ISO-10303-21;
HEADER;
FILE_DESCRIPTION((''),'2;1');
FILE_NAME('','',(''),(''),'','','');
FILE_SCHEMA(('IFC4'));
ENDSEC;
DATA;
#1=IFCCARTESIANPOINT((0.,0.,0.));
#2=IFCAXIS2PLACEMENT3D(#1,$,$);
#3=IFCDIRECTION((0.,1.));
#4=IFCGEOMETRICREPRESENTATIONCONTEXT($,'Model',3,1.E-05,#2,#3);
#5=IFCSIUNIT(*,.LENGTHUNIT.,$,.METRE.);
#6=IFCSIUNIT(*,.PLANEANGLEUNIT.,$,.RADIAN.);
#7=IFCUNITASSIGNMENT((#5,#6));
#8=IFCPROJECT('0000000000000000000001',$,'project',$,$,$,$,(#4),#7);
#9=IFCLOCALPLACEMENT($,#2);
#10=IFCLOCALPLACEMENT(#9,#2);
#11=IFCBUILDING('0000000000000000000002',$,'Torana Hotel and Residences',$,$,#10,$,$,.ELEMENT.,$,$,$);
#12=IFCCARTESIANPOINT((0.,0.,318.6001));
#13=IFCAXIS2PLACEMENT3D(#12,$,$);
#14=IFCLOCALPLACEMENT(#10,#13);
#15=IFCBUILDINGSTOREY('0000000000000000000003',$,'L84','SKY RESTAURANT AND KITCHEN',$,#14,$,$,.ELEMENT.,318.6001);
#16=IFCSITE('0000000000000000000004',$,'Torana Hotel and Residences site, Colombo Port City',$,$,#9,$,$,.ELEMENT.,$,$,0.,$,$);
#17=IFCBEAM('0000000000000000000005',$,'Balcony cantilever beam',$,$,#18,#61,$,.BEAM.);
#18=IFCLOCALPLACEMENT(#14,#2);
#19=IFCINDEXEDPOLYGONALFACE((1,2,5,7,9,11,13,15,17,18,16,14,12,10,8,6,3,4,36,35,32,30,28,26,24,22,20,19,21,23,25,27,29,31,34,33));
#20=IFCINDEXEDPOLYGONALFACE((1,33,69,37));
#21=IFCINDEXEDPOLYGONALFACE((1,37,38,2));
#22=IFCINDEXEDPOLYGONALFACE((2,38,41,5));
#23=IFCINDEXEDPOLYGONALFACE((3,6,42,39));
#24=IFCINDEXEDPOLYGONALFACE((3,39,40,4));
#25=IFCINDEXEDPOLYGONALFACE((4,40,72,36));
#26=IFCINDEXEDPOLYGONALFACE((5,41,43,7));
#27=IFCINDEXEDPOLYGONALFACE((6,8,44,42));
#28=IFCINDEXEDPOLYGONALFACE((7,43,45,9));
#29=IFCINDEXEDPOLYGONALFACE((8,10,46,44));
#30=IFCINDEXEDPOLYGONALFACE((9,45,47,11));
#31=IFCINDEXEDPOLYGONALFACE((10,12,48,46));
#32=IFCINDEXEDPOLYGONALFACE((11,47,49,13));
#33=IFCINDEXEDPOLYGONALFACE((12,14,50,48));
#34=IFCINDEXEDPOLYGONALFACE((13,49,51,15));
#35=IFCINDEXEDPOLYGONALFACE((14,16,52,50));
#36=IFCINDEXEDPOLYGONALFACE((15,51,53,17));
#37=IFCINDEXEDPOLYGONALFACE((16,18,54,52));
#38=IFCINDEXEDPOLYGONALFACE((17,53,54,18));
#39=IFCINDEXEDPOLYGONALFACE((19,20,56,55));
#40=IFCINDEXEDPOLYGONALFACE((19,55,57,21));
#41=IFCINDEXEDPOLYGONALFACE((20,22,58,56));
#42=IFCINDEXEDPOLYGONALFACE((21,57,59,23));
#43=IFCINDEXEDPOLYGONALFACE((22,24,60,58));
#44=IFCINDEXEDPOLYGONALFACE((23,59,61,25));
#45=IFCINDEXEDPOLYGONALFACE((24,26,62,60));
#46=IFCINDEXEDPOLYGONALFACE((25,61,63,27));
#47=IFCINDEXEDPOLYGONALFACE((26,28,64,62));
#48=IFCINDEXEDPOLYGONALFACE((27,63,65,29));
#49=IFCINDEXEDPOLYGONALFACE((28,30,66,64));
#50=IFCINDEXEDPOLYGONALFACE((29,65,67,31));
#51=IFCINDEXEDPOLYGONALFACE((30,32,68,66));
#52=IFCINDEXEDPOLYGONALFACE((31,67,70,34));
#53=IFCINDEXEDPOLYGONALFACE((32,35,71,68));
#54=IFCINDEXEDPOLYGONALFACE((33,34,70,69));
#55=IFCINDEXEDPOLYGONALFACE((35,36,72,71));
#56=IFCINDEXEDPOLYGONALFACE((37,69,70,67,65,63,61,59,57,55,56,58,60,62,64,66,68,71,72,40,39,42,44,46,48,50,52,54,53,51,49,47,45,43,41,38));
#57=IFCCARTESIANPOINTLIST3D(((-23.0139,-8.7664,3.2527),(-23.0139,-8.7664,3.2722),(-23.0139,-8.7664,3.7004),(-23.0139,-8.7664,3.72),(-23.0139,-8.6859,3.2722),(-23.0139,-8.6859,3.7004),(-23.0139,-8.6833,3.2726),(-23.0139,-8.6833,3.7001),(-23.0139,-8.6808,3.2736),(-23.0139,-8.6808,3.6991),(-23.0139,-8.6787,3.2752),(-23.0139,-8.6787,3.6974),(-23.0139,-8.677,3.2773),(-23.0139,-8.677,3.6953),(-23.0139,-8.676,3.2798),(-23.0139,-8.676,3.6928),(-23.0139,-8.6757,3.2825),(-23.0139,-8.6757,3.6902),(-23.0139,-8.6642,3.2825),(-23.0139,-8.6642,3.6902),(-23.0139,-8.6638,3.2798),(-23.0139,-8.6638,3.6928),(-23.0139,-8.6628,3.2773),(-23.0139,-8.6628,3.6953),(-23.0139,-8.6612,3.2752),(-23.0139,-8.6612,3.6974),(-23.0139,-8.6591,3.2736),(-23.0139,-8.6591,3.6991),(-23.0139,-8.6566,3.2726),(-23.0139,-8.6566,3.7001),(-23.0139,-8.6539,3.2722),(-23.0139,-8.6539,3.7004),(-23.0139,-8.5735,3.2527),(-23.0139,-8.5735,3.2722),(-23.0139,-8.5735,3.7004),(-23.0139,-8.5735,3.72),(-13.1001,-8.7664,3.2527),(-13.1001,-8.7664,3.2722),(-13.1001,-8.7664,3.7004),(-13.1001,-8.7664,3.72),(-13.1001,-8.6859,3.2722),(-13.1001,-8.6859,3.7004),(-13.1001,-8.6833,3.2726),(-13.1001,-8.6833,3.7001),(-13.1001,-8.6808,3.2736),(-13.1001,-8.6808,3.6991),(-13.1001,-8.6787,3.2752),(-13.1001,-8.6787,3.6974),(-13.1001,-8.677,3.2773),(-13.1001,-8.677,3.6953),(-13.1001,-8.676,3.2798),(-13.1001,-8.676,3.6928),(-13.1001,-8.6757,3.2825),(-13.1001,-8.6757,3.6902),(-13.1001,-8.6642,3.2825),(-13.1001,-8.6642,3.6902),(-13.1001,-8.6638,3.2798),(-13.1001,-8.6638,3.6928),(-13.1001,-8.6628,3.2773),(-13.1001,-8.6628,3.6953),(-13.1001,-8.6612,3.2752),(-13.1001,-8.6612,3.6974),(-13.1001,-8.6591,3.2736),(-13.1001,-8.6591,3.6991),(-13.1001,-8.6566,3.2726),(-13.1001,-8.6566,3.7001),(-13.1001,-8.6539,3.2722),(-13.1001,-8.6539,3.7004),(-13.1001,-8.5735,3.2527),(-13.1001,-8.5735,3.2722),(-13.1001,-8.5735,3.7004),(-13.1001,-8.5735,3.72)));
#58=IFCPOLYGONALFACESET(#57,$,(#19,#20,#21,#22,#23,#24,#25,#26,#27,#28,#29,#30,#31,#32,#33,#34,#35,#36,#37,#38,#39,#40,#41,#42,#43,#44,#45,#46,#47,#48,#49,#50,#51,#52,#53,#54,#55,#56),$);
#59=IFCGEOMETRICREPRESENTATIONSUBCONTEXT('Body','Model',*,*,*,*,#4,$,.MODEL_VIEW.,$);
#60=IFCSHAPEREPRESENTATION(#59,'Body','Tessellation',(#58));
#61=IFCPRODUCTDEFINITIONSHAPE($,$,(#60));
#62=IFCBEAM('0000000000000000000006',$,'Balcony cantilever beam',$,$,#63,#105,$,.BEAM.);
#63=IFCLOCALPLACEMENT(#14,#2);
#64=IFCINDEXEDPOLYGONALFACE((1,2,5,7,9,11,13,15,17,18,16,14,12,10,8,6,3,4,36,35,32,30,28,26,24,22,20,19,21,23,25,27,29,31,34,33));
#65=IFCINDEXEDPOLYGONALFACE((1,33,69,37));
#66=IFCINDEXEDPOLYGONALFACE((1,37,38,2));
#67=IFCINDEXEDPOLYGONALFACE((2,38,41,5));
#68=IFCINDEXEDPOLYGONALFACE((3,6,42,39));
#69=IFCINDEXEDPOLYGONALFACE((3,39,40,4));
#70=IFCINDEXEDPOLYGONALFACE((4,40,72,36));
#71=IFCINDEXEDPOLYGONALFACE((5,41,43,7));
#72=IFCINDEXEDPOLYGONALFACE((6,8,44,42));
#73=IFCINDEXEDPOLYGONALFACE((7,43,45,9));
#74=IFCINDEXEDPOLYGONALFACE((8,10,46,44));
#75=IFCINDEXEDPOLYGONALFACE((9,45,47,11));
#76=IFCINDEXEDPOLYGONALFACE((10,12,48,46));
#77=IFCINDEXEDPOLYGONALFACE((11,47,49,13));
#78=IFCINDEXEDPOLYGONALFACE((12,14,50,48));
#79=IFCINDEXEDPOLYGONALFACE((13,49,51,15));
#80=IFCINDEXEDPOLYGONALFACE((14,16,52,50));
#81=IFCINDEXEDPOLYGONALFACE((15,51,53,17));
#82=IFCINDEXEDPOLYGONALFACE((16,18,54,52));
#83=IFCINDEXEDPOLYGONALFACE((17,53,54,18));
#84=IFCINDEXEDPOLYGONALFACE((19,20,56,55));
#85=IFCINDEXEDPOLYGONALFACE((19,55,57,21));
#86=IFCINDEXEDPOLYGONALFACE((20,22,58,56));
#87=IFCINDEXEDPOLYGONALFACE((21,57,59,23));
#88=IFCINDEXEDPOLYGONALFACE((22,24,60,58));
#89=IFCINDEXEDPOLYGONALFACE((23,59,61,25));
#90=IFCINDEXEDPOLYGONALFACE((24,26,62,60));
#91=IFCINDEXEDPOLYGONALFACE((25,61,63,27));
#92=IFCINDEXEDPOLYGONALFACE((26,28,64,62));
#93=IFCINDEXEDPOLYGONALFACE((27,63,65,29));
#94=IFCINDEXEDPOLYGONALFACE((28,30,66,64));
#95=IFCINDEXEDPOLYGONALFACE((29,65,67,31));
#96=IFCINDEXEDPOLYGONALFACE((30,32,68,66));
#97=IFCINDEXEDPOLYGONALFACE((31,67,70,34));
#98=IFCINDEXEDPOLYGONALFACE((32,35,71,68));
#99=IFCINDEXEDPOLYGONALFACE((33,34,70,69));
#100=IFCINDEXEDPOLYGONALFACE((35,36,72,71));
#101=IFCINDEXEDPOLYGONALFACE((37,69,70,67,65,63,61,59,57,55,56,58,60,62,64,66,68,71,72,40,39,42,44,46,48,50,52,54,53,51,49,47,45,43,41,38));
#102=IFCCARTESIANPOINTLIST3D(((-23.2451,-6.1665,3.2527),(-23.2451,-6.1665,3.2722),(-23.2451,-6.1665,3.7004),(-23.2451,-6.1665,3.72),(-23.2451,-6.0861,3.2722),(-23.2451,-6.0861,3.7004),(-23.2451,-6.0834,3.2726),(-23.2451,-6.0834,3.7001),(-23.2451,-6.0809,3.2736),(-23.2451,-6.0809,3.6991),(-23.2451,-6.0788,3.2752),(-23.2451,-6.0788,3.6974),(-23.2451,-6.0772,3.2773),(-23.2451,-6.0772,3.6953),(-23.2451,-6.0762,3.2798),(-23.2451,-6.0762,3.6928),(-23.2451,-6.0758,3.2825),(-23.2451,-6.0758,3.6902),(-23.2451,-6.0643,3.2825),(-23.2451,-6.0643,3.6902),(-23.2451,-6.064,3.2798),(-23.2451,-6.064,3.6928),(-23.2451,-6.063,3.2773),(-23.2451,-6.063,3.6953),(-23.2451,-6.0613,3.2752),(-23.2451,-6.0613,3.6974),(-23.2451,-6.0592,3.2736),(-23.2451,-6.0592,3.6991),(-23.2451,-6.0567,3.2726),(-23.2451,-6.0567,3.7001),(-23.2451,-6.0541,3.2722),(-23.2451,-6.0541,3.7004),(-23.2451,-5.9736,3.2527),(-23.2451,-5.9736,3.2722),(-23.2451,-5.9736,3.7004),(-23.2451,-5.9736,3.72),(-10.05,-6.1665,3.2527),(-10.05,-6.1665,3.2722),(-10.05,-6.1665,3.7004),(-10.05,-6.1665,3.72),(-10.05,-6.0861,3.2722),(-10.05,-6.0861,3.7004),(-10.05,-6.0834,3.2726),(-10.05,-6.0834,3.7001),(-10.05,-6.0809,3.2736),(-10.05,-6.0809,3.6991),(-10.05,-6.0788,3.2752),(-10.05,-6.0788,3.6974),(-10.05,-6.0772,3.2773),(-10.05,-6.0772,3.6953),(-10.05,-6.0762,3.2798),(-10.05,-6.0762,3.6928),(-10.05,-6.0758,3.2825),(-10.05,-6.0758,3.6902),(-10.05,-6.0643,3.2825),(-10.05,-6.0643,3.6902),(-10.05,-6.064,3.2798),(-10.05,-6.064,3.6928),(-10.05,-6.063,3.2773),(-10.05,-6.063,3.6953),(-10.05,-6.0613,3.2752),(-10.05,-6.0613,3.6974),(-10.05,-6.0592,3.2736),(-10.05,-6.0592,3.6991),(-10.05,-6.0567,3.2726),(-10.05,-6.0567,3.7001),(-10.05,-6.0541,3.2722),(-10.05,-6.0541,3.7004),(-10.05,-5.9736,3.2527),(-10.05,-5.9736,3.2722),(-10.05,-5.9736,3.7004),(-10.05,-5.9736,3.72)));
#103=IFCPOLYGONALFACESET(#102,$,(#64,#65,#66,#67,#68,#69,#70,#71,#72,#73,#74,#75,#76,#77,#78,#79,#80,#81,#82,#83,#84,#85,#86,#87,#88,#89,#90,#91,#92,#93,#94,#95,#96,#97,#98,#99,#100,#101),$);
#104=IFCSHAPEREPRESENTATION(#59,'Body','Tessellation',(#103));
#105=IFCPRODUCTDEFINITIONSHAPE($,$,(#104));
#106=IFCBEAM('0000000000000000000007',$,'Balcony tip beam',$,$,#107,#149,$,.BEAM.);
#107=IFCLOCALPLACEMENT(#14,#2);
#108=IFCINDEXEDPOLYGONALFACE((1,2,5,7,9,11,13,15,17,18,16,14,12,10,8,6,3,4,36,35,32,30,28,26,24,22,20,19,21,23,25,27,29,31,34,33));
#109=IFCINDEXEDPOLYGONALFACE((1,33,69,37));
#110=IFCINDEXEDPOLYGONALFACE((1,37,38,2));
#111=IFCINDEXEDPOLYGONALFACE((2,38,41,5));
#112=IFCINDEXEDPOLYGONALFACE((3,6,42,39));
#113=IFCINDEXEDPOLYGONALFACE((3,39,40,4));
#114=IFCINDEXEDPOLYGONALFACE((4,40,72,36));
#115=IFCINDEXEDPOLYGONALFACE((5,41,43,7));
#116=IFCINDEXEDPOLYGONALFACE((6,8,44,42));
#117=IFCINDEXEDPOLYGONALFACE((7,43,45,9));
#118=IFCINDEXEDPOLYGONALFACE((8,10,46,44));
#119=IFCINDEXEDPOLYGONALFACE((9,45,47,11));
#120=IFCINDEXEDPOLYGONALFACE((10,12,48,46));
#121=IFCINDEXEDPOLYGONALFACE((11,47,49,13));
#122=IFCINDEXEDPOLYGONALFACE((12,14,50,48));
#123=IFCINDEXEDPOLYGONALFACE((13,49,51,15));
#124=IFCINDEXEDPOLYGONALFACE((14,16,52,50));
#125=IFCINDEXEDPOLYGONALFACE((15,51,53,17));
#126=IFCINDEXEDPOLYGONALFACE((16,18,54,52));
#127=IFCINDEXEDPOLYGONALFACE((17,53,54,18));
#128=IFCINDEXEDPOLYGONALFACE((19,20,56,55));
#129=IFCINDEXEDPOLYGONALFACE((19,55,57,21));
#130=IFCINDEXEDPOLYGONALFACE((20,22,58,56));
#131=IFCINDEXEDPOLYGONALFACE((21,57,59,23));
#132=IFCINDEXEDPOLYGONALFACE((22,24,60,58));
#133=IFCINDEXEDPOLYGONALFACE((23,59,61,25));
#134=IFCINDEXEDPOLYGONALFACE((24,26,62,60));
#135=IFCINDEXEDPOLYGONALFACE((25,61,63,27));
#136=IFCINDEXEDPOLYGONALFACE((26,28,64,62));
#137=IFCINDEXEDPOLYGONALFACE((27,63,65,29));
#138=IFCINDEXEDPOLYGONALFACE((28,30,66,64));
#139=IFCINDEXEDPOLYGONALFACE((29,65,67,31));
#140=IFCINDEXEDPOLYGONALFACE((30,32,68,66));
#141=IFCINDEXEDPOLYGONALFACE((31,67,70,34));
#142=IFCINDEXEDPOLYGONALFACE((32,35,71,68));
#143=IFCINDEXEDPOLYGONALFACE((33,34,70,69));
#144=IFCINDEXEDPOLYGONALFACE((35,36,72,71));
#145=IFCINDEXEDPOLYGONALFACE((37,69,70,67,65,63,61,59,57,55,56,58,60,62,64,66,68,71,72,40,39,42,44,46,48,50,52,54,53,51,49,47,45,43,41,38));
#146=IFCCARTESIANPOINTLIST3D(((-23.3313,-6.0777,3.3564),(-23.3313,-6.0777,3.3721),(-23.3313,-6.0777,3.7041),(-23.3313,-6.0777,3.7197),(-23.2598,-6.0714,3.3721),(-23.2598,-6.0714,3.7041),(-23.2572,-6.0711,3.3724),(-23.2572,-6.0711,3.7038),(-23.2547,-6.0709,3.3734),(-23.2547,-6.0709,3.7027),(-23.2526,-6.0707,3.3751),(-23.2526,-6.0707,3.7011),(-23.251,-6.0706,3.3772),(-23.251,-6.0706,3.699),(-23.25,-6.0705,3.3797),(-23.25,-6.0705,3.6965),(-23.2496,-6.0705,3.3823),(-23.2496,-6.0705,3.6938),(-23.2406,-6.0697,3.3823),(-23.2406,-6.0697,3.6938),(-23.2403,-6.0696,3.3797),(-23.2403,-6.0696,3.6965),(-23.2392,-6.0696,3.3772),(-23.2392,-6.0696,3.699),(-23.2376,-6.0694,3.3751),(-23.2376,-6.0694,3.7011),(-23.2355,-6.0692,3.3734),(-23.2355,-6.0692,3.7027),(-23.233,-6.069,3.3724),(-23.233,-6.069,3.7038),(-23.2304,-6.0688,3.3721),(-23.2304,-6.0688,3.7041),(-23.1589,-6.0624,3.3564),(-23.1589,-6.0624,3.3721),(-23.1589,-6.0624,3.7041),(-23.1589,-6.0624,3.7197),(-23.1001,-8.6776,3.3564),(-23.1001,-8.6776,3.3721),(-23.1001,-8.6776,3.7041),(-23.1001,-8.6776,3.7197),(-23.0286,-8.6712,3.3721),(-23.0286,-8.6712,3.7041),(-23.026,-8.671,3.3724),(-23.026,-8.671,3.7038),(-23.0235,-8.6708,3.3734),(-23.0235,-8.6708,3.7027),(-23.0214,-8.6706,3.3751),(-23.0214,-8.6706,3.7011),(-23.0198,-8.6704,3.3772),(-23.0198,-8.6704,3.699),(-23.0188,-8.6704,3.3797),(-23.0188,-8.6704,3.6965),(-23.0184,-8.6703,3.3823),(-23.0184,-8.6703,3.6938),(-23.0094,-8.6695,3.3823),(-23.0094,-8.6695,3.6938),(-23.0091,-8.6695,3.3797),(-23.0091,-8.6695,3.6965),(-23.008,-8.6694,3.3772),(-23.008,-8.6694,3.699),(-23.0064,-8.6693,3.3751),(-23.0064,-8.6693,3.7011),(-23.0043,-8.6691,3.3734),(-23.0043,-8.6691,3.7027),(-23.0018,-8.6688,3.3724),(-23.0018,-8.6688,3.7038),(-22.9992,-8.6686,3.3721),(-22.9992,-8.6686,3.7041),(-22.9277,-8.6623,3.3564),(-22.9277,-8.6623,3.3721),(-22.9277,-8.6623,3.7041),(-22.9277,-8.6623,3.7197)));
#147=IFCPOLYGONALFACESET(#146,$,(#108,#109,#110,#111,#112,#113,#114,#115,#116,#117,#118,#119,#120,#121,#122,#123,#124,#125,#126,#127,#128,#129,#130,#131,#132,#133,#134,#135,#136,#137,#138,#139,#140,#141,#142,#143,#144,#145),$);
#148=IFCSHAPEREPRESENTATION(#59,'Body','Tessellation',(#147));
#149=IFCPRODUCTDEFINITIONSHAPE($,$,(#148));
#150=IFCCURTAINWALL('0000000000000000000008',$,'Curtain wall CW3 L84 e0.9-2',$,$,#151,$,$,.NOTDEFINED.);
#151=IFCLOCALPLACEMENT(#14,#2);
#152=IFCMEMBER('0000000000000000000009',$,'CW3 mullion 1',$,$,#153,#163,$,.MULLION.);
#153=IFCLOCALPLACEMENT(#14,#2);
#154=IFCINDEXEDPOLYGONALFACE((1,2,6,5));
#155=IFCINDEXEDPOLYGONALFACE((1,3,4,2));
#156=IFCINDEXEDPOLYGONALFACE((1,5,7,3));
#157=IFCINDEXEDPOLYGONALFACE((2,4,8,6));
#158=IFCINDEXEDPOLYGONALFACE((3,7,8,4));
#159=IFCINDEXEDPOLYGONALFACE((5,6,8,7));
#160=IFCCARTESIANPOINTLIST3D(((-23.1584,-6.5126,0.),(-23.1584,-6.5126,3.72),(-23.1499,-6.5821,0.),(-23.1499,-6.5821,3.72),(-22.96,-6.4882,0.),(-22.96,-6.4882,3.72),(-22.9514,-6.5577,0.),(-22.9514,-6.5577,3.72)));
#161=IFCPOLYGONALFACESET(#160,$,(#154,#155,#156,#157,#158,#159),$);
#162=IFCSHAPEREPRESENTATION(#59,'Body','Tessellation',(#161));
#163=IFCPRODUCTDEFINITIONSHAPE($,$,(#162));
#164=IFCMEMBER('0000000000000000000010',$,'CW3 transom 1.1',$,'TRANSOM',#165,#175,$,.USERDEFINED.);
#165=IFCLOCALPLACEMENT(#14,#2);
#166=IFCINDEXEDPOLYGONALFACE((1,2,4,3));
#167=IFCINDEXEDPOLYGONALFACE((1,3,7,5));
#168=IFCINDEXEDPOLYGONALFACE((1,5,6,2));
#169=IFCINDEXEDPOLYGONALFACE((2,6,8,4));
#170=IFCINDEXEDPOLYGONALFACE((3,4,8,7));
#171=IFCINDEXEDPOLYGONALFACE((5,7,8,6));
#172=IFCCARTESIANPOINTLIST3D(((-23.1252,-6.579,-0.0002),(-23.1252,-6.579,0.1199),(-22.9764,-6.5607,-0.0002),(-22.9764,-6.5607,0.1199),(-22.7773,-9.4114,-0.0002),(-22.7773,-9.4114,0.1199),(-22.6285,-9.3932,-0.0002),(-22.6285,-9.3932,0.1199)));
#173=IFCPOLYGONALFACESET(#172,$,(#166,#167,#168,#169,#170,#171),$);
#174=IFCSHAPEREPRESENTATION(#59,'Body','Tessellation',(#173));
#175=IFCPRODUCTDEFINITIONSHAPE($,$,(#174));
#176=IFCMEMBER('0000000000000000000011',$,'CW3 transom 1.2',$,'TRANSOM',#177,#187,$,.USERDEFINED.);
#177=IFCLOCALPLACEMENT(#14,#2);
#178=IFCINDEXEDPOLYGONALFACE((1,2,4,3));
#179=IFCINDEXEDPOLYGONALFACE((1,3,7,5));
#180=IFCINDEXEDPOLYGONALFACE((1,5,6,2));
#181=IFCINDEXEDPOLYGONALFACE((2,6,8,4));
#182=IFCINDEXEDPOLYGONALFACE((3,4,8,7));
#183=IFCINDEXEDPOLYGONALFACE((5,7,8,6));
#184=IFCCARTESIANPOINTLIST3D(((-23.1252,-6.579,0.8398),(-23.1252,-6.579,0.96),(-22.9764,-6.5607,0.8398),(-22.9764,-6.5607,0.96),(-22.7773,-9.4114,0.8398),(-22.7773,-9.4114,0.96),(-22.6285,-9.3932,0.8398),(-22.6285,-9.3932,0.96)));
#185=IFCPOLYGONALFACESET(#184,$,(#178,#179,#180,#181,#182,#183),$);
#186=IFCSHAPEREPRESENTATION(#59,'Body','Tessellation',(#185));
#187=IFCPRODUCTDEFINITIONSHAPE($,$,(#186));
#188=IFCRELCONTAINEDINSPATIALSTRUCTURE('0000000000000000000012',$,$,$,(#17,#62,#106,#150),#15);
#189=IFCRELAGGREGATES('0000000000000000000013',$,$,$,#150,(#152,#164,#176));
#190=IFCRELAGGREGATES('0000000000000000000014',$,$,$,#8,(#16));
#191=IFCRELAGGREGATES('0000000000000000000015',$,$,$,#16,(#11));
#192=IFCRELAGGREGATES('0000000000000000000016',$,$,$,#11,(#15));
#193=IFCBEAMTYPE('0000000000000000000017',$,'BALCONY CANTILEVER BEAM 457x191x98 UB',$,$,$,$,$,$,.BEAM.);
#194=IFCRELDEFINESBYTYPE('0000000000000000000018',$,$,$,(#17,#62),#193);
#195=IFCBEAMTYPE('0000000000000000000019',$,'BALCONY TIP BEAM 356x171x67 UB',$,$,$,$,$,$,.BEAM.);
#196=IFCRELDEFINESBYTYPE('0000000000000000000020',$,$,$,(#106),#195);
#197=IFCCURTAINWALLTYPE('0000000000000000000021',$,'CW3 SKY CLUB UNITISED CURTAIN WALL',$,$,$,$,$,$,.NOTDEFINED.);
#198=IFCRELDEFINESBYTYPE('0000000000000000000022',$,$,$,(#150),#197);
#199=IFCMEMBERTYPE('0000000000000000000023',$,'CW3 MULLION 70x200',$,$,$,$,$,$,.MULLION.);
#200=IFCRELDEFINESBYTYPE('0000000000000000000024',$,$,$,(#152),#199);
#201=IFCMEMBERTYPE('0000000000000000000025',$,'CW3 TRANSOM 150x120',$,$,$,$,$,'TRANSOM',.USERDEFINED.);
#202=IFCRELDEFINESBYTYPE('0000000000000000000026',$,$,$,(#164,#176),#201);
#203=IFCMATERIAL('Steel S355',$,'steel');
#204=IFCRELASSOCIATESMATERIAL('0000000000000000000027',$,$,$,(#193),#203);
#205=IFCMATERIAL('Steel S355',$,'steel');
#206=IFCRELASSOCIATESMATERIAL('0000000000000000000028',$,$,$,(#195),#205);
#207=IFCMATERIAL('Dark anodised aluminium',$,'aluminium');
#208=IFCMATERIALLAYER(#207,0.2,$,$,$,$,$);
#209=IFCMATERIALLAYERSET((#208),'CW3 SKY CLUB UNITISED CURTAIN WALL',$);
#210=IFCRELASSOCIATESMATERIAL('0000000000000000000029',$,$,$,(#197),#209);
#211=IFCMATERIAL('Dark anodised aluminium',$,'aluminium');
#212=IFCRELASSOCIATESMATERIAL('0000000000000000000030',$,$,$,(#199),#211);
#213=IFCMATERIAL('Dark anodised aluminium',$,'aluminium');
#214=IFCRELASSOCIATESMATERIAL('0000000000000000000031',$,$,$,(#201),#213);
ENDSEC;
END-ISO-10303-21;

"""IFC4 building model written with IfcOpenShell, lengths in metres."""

from ifc_helpers import new_model, si_unit, direction, frame, origin, origin_2d, place, context, subcontext, project, spatial, rectangle, i_section, extrude, material, layer, layer_set, material_profile, profile_set, type_object, element, aggregate, save


model = new_model("IFC4")

# Units and contexts
model_context = context("Model", 3, precision=1e-05, world=origin(), true_north=direction((0.0, 1.0)))
body_context = subcontext(model_context, "Body", "Model", "MODEL_VIEW")
ifc_project = project(units=[si_unit("LENGTHUNIT", "METRE"), si_unit("PLANEANGLEUNIT", "RADIAN")], contexts=[model_context])

# Site, building, storey
site_placement = place(None, origin())
site = spatial("IfcSite", under=ifc_project, at=site_placement, Name="Torana Hotel and Residences site, Colombo Port City", CompositionType="ELEMENT", RefElevation=0.0)
building_placement = place(site_placement, origin())
building = spatial("IfcBuilding", under=site, at=building_placement, Name="Torana Hotel and Residences", CompositionType="ELEMENT")
storey_placement = place(building_placement, frame((0.0, 0.0, 318.6001)))
storey = spatial("IfcBuildingStorey", under=building, at=storey_placement, Name="L84", Description="SKY RESTAURANT AND KITCHEN", CompositionType="ELEMENT", Elevation=318.6001)

# Beams
ifc_material_1 = material(Name="Steel S355", Category="steel")
ifc_material_profile_1 = material_profile(ifc_material_1, i_section(OverallWidth=0.1929, OverallDepth=0.4673, WebThickness=0.0115, FlangeThickness=0.0195, FilletRadius=0.0103, at=origin_2d()), Name="457x191x98 UB")
ifc_profile_set_1 = profile_set([ifc_material_profile_1], Name="Steel S355")
beam_type_1 = type_object("IfcBeamType", Name="BALCONY CANTILEVER BEAM 457x191x98 UB", PredefinedType="BEAM", material=ifc_profile_set_1)
beam_1_placement = place(storey_placement, frame((-23.0139, -8.6699, 3.4863), z_axis=(1.0, 0.0, 0.0), x_axis=(0.0, 1.0, 0.0)))
element("IfcBeam", 1, at=beam_1_placement, inside=storey, type_object=beam_type_1, Name="Balcony cantilever beam", PredefinedType="BEAM", context=body_context, shape_type="SweptSolid", body=[
    extrude(i_section(OverallWidth=0.1929, OverallDepth=0.4673, WebThickness=0.0115, FlangeThickness=0.0195, FilletRadius=0.0103, at=origin_2d()), origin(), (0.0, 0.0, 1.0), 9.9138),
])
beam_2_placement = place(storey_placement, frame((-23.2451, -6.0701, 3.4863), z_axis=(1.0, 0.0, 0.0), x_axis=(0.0, 1.0, 0.0)))
element("IfcBeam", 2, at=beam_2_placement, inside=storey, type_object=beam_type_1, Name="Balcony cantilever beam", PredefinedType="BEAM", context=body_context, shape_type="SweptSolid", body=[
    extrude(i_section(OverallWidth=0.1929, OverallDepth=0.4673, WebThickness=0.0115, FlangeThickness=0.0195, FilletRadius=0.0103, at=origin_2d()), origin(), (0.0, 0.0, 1.0), 13.1951),
])
ifc_material_2 = material(Name="Steel S355", Category="steel")
ifc_material_profile_2 = material_profile(ifc_material_2, i_section(OverallWidth=0.1731, OverallDepth=0.3633, WebThickness=0.009, FlangeThickness=0.0156, FilletRadius=0.0103, at=origin_2d()), Name="356x171x67 UB")
ifc_profile_set_2 = profile_set([ifc_material_profile_2], Name="Steel S355")
beam_type_2 = type_object("IfcBeamType", Name="BALCONY TIP BEAM 356x171x67 UB", PredefinedType="BEAM", material=ifc_profile_set_2)
beam_3_placement = place(storey_placement, frame((-23.0139, -8.6699, 3.5381), z_axis=(-0.088579, 0.996069, 0.0), x_axis=(-0.996069, -0.088579, 0.0)))
element("IfcBeam", 3, at=beam_3_placement, inside=storey, type_object=beam_type_2, Name="Balcony tip beam", PredefinedType="BEAM", context=body_context, shape_type="SweptSolid", body=[
    extrude(i_section(OverallWidth=0.1731, OverallDepth=0.3633, WebThickness=0.009, FlangeThickness=0.0156, FilletRadius=0.0103, at=origin_2d()), origin(), (0.0, 0.0, 1.0), 2.6101),
])

# Curtain wall, members
ifc_material_3 = material(Name="Dark anodised aluminium", Category="aluminium")
ifc_layer_1 = layer(ifc_material_3, 0.2)
ifc_layer_set_1 = layer_set([ifc_layer_1], Name="CW3 SKY CLUB UNITISED CURTAIN WALL")
curtain_wall_type = type_object("IfcCurtainWallType", Name="CW3 SKY CLUB UNITISED CURTAIN WALL", PredefinedType="NOTDEFINED", material=ifc_layer_set_1)
curtain_wall_placement = place(storey_placement, origin())
curtain_wall = element("IfcCurtainWall", 4, at=curtain_wall_placement, inside=storey, type_object=curtain_wall_type, Name="Curtain wall CW3 L84 e0.9-2", PredefinedType="NOTDEFINED")
ifc_material_4 = material(Name="Dark anodised aluminium", Category="aluminium")
ifc_material_profile_3 = material_profile(ifc_material_4, rectangle(XDim=0.2, YDim=0.0701, at=origin_2d()), Name="CW3 MULLION 70x200")
ifc_profile_set_3 = profile_set([ifc_material_profile_3], Name="Dark anodised aluminium")
member_type_1 = type_object("IfcMemberType", Name="CW3 MULLION 70x200", PredefinedType="MULLION", material=ifc_profile_set_3)
member_1_placement = place(storey_placement, frame((-23.0549, -6.5352, 0.0), z_axis=(0.0, 0.0, 1.0), x_axis=(0.992545, 0.121876, 0.0)))
member_1 = element("IfcMember", 5, at=member_1_placement, type_object=member_type_1, Name="CW3 mullion 1", PredefinedType="MULLION", context=body_context, shape_type="SweptSolid", body=[
    extrude(rectangle(XDim=0.2, YDim=0.0701, at=origin_2d()), origin(), (0.0, 0.0, 1.0), 3.72),
])
ifc_material_5 = material(Name="Dark anodised aluminium", Category="aluminium")
ifc_material_profile_4 = material_profile(ifc_material_5, rectangle(XDim=0.1499, YDim=0.1201, at=origin_2d()), Name="CW3 TRANSOM 150x120")
ifc_profile_set_4 = profile_set([ifc_material_profile_4], Name="Dark anodised aluminium")
member_type_2 = type_object("IfcMemberType", Name="CW3 TRANSOM 150x120", ElementType="TRANSOM", PredefinedType="USERDEFINED", material=ifc_profile_set_4)
member_2_placement = place(storey_placement, frame((-23.0508, -6.5698, 0.0598), z_axis=(0.121908, -0.992541, 0.0), x_axis=(0.992541, 0.121908, 0.0)))
member_2 = element("IfcMember", 6, at=member_2_placement, type_object=member_type_2, Name="CW3 transom 1.1", ObjectType="TRANSOM", PredefinedType="USERDEFINED", context=body_context, shape_type="SweptSolid", body=[
    extrude(rectangle(XDim=0.1499, YDim=0.1201, at=origin_2d()), origin(), (0.0, 0.0, 1.0), 2.8538),
])
member_3_placement = place(storey_placement, frame((-23.0508, -6.5698, 0.8999), z_axis=(0.121908, -0.992541, 0.0), x_axis=(0.992541, 0.121908, 0.0)))
member_3 = element("IfcMember", 7, at=member_3_placement, type_object=member_type_2, Name="CW3 transom 1.2", ObjectType="TRANSOM", PredefinedType="USERDEFINED", context=body_context, shape_type="SweptSolid", body=[
    extrude(rectangle(XDim=0.1499, YDim=0.1201, at=origin_2d()), origin(), (0.0, 0.0, 1.0), 2.8538),
])
aggregate(curtain_wall, [member_1, member_2, member_3])

save(model, "model.ifc")
